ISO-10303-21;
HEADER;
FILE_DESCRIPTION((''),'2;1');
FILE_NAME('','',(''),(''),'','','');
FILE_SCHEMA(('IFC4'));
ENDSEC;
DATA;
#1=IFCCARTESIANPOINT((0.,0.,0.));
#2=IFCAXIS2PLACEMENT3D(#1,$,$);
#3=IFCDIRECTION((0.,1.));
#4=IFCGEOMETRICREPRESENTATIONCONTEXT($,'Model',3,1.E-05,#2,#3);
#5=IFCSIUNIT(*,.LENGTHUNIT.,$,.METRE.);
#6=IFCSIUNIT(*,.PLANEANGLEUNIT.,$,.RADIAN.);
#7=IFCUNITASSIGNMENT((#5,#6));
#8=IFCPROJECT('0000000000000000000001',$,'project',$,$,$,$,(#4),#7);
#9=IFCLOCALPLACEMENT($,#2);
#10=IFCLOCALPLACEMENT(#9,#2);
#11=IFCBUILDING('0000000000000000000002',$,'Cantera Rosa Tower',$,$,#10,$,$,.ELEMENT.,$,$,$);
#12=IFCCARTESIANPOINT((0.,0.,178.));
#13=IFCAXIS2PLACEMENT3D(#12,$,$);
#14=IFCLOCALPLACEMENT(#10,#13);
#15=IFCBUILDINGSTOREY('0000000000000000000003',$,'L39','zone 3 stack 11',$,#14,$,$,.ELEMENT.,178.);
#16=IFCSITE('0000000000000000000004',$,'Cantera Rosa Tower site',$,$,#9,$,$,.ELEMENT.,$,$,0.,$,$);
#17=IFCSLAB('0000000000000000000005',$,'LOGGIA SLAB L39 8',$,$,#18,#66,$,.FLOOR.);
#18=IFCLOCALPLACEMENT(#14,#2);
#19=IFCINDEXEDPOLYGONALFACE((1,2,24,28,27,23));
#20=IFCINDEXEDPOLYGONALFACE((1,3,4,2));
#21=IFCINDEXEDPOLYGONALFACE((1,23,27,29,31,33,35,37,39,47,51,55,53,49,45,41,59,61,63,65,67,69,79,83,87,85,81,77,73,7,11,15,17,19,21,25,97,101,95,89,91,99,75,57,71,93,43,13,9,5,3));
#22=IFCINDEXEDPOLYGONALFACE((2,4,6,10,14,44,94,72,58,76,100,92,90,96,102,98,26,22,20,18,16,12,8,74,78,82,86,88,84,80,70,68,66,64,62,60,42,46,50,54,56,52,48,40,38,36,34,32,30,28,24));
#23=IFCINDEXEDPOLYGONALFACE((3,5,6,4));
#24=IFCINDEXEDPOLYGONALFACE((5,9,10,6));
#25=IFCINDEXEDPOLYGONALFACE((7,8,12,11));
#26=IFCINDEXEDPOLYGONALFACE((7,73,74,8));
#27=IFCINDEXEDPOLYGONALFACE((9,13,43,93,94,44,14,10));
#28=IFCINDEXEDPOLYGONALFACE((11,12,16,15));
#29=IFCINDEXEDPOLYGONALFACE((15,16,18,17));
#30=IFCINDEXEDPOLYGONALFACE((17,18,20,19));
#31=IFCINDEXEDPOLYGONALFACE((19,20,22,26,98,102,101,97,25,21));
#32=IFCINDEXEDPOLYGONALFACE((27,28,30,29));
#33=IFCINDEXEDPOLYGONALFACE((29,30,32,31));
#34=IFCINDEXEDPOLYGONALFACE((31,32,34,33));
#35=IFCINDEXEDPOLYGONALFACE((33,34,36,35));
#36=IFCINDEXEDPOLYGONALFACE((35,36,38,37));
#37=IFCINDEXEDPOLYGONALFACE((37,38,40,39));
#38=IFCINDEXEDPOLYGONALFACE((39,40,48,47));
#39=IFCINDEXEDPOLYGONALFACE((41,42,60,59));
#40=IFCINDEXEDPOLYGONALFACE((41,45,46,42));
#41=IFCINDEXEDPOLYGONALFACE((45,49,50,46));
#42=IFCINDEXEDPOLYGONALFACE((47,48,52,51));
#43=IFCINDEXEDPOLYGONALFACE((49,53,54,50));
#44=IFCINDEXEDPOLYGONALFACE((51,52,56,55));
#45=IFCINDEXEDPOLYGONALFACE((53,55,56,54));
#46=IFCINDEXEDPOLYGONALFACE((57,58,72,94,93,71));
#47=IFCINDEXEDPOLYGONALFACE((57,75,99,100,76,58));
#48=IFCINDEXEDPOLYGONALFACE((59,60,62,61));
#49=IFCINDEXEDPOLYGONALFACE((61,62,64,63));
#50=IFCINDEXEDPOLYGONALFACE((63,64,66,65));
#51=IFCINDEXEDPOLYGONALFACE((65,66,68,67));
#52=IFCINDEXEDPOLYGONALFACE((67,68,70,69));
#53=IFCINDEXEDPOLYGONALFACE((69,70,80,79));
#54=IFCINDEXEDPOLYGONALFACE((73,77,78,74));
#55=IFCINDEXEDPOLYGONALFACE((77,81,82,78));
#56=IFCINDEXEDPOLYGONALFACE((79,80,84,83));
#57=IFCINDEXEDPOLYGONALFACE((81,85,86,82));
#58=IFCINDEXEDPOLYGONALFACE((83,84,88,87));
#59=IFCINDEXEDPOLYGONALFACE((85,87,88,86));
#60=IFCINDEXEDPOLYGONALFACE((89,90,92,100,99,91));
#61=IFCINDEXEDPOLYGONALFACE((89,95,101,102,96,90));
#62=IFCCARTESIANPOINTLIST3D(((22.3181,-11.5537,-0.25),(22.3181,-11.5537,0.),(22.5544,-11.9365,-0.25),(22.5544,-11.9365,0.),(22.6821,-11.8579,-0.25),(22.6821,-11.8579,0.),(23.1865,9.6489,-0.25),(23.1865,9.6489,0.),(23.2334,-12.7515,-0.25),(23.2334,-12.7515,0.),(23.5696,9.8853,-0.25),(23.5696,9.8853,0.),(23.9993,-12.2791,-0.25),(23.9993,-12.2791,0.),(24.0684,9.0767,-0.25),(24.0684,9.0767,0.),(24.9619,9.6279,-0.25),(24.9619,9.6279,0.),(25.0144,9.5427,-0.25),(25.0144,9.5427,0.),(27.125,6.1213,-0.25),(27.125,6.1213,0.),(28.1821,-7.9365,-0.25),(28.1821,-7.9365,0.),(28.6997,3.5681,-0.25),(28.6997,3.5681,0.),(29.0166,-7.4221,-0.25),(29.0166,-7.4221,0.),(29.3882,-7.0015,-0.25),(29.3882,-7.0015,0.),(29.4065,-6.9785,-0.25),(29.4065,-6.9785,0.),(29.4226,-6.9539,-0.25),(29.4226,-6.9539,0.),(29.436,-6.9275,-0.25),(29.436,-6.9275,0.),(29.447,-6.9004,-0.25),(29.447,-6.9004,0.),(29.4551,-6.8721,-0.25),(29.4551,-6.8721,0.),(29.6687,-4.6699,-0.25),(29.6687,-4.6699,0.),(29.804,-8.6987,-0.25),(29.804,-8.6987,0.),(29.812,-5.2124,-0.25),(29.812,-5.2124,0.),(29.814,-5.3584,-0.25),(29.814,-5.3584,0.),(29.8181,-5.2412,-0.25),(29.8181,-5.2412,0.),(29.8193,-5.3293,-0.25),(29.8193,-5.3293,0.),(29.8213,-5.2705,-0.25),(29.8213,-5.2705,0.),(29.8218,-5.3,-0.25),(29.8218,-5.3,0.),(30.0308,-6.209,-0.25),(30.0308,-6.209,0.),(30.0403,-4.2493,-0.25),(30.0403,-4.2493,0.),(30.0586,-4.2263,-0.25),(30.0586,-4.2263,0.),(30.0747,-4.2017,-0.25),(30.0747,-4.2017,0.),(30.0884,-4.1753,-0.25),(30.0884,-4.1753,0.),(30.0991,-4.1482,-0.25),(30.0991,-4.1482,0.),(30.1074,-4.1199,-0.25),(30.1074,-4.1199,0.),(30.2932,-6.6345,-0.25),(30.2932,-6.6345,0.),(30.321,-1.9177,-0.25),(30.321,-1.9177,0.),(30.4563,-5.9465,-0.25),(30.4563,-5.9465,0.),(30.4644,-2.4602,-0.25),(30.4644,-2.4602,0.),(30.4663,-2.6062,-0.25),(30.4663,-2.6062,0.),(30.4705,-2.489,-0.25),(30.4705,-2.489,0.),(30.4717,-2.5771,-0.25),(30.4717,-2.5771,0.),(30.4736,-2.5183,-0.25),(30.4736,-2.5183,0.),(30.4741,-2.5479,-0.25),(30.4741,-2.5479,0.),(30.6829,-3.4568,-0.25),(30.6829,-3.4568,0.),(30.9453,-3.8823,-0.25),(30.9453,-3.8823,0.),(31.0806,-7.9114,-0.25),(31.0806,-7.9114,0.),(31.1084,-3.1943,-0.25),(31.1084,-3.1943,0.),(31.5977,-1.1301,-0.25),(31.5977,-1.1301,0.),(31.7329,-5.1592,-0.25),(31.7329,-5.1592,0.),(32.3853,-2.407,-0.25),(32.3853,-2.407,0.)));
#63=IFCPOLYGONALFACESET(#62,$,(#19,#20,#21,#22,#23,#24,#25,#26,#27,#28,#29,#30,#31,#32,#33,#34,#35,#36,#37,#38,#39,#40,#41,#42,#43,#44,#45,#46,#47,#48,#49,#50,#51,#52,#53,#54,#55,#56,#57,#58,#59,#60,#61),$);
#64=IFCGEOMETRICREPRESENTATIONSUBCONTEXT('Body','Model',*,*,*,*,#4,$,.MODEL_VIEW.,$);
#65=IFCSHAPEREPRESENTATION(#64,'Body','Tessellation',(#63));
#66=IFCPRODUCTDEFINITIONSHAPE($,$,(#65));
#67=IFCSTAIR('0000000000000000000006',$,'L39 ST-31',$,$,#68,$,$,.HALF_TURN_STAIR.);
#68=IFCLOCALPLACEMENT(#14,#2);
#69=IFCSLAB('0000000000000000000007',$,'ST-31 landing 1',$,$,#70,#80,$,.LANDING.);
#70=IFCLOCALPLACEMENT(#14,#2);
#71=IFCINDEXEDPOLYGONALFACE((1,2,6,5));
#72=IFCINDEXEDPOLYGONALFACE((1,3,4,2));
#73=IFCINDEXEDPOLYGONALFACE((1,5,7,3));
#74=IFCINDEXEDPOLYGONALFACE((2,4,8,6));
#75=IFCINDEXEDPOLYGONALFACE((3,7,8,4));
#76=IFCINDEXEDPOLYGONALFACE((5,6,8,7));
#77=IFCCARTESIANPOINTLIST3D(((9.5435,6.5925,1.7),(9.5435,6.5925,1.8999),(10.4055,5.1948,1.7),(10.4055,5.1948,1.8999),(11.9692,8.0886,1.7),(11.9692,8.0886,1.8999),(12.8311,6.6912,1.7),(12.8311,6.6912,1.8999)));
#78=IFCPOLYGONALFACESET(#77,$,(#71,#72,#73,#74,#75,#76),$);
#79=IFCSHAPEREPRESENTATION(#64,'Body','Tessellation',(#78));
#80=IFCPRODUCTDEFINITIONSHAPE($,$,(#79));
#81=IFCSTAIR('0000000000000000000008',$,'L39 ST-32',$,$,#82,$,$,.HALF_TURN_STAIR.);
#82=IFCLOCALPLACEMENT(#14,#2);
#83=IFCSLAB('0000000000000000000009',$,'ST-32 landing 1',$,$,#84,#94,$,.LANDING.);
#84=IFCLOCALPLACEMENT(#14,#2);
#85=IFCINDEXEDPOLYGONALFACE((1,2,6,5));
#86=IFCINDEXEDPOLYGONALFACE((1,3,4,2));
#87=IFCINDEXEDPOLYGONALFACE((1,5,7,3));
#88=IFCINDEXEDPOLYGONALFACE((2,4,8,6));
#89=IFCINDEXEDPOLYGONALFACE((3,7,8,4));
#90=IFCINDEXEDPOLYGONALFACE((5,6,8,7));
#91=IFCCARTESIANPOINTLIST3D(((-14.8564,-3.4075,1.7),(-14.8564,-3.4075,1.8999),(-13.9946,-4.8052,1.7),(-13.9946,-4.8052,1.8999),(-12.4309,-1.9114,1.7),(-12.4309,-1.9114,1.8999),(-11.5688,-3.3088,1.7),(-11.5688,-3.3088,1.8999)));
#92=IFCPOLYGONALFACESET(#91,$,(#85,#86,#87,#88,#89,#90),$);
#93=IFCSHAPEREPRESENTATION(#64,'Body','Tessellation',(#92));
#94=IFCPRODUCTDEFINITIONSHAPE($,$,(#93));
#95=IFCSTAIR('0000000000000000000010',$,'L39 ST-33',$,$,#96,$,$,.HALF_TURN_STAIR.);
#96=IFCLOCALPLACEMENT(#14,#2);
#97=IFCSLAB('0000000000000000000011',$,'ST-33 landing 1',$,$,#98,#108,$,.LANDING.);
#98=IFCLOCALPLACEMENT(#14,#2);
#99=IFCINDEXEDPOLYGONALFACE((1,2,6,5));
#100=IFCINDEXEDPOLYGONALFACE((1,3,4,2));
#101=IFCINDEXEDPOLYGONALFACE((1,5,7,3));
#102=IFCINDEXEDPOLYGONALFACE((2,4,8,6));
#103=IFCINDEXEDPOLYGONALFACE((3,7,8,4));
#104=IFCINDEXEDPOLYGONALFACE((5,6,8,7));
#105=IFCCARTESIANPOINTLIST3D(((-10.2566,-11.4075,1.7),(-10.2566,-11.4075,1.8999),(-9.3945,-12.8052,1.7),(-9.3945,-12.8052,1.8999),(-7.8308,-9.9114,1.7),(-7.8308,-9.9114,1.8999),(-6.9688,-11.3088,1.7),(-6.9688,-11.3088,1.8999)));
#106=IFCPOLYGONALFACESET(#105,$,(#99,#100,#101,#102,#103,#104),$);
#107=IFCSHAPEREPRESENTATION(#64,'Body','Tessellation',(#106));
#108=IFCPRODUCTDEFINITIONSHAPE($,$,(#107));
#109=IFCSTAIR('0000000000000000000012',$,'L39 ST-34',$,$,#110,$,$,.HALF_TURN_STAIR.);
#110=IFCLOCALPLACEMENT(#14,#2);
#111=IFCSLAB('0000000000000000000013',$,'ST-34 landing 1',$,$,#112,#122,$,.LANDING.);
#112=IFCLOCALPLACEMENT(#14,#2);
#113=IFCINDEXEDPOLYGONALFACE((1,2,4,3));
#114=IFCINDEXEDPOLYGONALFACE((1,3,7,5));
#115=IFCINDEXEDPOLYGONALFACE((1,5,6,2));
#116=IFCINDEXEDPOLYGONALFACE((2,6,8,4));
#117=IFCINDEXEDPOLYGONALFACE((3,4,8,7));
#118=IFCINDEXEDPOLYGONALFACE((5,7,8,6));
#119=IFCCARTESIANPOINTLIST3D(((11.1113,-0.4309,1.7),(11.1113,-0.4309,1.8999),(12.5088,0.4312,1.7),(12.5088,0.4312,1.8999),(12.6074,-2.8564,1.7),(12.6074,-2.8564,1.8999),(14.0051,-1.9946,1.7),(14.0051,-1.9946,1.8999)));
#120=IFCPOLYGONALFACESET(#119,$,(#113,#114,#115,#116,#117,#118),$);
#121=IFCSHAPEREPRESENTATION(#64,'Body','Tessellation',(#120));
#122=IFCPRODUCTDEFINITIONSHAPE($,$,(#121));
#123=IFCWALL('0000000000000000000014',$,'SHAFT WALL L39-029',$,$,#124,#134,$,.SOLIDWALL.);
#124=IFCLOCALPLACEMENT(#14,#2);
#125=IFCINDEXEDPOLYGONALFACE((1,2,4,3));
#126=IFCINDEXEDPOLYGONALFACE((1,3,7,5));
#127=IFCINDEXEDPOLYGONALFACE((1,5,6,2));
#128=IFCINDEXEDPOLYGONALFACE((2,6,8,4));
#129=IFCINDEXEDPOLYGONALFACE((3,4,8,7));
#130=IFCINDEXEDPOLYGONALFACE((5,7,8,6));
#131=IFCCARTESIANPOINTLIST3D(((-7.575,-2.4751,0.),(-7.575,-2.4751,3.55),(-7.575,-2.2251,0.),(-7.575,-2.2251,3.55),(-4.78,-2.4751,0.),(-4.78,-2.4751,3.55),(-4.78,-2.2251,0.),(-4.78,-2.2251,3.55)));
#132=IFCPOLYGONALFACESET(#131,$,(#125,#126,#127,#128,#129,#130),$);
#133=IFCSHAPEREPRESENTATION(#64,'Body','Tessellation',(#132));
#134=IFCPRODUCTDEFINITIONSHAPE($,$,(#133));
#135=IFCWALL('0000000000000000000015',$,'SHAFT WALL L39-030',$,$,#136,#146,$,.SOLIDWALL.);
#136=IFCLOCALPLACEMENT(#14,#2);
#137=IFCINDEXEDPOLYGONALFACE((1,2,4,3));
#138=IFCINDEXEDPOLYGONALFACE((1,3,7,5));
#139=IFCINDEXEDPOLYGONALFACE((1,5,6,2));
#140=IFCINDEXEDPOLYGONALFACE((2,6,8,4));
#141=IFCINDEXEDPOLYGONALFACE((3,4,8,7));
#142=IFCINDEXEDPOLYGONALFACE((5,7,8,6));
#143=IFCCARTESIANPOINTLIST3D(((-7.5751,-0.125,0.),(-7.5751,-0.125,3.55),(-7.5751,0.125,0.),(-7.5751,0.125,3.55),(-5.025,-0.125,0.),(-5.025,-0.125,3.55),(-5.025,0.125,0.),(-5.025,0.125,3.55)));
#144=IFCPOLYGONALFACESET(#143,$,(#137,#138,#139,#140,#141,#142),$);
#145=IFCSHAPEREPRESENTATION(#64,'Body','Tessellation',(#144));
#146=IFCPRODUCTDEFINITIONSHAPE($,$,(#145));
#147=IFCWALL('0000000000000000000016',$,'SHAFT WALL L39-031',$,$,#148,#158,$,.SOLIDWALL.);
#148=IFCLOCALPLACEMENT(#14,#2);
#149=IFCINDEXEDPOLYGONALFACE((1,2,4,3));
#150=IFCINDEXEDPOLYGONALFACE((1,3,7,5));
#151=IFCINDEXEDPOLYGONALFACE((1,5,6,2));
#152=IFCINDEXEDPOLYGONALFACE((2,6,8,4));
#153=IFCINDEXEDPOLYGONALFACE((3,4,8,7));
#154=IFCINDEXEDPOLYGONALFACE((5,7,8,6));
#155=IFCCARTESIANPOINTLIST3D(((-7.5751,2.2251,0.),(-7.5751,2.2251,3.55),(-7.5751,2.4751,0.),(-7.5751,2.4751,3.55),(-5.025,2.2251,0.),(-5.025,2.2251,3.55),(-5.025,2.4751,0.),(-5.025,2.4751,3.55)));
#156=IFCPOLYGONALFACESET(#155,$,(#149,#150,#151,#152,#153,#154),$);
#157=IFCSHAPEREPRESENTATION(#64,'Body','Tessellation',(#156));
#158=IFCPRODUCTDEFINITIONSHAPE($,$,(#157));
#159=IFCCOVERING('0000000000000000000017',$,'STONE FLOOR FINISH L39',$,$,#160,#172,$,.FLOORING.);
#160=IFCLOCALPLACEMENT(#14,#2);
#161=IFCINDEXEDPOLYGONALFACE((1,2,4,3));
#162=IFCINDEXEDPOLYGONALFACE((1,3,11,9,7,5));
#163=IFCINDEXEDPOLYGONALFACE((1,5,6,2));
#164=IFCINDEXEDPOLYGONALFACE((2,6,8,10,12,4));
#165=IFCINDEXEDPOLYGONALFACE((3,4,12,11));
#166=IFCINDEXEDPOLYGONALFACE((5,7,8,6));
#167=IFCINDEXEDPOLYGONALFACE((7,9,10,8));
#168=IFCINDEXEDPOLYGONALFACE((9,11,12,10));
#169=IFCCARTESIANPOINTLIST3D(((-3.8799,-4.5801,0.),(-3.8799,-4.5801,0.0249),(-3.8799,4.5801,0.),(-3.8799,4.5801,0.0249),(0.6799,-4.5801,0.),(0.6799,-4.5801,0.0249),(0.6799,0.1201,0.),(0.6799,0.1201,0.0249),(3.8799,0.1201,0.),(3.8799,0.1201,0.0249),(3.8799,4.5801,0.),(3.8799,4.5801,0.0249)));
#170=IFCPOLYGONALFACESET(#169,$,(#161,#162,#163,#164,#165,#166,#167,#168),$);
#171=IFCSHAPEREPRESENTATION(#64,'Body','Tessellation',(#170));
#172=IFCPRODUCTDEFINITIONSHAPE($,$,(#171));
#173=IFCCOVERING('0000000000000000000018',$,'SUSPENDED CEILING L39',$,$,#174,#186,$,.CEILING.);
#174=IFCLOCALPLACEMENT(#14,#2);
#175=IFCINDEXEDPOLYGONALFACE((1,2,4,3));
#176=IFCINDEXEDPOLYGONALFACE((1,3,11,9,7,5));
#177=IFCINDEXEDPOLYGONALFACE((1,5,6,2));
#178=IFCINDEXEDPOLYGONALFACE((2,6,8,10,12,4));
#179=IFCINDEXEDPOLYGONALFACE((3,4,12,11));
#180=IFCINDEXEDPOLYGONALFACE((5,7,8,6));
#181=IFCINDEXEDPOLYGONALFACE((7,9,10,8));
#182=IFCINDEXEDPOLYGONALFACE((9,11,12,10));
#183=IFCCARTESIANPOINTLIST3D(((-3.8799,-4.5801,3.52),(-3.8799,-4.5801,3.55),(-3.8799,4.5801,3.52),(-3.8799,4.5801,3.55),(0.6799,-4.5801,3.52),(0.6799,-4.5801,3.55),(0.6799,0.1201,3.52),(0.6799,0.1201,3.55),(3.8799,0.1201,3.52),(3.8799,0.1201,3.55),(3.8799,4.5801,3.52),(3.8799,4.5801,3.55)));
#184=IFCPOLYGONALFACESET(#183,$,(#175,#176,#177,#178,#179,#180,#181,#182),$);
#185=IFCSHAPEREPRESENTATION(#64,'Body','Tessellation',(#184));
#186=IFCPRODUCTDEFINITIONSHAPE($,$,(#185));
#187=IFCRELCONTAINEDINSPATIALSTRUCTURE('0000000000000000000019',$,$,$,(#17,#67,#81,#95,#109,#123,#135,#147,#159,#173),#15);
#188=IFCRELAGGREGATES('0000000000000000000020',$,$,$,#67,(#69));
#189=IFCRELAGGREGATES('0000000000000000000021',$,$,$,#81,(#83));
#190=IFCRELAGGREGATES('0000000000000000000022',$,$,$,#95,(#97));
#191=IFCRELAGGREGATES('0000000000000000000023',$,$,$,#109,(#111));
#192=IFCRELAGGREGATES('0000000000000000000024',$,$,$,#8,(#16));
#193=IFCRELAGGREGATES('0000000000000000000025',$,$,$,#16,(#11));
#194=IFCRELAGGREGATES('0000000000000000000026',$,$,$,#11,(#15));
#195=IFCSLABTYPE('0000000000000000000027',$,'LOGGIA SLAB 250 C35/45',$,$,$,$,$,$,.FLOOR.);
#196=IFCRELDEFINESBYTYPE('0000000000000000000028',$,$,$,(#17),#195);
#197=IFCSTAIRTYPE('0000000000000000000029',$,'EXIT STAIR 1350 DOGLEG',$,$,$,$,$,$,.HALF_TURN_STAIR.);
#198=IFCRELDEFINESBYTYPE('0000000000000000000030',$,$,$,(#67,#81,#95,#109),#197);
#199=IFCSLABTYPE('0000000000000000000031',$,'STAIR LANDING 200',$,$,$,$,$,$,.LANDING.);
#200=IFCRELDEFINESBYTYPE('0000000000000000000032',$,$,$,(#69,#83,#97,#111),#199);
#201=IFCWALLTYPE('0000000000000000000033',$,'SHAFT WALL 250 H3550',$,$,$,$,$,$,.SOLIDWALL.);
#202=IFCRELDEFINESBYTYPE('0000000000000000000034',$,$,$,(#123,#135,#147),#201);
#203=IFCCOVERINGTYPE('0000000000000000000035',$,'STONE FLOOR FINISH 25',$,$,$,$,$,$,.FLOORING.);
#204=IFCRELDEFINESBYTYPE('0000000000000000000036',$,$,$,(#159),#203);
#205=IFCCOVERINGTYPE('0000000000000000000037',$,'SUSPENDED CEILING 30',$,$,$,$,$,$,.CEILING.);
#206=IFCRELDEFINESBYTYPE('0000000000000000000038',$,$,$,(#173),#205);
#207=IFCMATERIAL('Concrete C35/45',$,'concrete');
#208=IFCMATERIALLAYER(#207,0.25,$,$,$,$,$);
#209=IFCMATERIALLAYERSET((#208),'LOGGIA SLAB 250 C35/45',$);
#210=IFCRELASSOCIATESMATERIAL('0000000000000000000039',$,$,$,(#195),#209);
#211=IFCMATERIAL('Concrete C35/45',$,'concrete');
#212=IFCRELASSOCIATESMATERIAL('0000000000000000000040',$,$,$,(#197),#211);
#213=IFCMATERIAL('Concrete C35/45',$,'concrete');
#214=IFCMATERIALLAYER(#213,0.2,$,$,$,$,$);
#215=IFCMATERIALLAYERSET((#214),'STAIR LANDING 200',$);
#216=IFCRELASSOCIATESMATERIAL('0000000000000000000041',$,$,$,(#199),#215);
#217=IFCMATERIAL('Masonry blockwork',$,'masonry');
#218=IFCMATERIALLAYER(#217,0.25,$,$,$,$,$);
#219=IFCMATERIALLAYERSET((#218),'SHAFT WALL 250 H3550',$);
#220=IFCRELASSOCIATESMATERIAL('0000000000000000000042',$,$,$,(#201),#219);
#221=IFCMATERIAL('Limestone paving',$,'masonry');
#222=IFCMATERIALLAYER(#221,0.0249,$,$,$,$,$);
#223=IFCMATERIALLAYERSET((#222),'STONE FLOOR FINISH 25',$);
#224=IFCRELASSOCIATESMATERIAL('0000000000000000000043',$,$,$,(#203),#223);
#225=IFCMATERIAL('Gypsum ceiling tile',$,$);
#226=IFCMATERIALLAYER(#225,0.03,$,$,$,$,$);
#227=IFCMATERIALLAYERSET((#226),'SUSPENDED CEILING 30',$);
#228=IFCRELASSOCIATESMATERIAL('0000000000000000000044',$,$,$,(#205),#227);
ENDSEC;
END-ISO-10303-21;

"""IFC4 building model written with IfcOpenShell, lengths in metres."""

from ifc_helpers import new_model, si_unit, direction, frame, frame_2d, origin, place, context, subcontext, project, spatial, polyline, rectangle, outline, extrude, material, layer, layer_set, type_object, element, aggregate, save


model = new_model("IFC4")

# Units and contexts
model_context = context("Model", 3, precision=1e-05, world=origin(), true_north=direction((0.0, 1.0)))
body_context = subcontext(model_context, "Body", "Model", "MODEL_VIEW")
ifc_project = project(units=[si_unit("LENGTHUNIT", "METRE"), si_unit("PLANEANGLEUNIT", "RADIAN")], contexts=[model_context])

# Site, building, storey
site_placement = place(None, origin())
site = spatial("IfcSite", under=ifc_project, at=site_placement, Name="Cantera Rosa Tower site", CompositionType="ELEMENT", RefElevation=0.0)
building_placement = place(site_placement, origin())
building = spatial("IfcBuilding", under=site, at=building_placement, Name="Cantera Rosa Tower", CompositionType="ELEMENT")
storey_placement = place(building_placement, frame((0.0, 0.0, 178.0)))
storey = spatial("IfcBuildingStorey", under=building, at=storey_placement, Name="L39", Description="zone 3 stack 11", CompositionType="ELEMENT", Elevation=178.0)

# Slab
ifc_material_1 = material(Name="Concrete C35/45", Category="concrete")
ifc_layer_1 = layer(ifc_material_1, 0.25)
ifc_layer_set_1 = layer_set([ifc_layer_1], Name="LOGGIA SLAB 250 C35/45")
slab_type_1 = type_object("IfcSlabType", Name="LOGGIA SLAB 250 C35/45", PredefinedType="FLOOR", material=ifc_layer_set_1)
slab_1_placement = place(storey_placement, frame((0.0, 0.0, -0.25)))
element("IfcSlab", 1, at=slab_1_placement, inside=storey, type_object=slab_type_1, Name="LOGGIA SLAB L39 8", PredefinedType="FLOOR", context=body_context, shape_type="SweptSolid", body=[
    extrude(outline(polyline([(28.6997, 3.5681), (31.5977, -1.1301), (32.3853, -2.407), (31.1084, -3.1943), (30.6829, -3.4568), (30.9453, -3.8823), (31.7329, -5.1592), (30.4563, -5.9465), (30.0308, -6.209), (30.2932, -6.6345), (31.0806, -7.9114), (29.804, -8.6987), (23.9993, -12.2791), (23.2334, -12.7515), (22.6821, -11.8579), (22.5544, -11.9365), (22.3181, -11.5537), (28.1821, -7.9365), (29.0166, -7.4221), (29.3882, -7.0015), (29.4065, -6.9785), (29.4226, -6.9539), (29.436, -6.9275), (29.447, -6.9004), (29.4551, -6.8721), (29.814, -5.3584), (29.8193, -5.3293), (29.8218, -5.3), (29.8213, -5.2705), (29.8181, -5.2412), (29.812, -5.2124), (29.6687, -4.6699), (30.0403, -4.2493), (30.0586, -4.2263), (30.0747, -4.2017), (30.0884, -4.1753), (30.0991, -4.1482), (30.1074, -4.1199), (30.4663, -2.6062), (30.4717, -2.5771), (30.4741, -2.5479), (30.4736, -2.5183), (30.4705, -2.489), (30.4644, -2.4602), (30.321, -1.9177), (23.1865, 9.6489), (23.5696, 9.8853), (24.0684, 9.0767), (24.9619, 9.6279), (25.0144, 9.5427), (27.125, 6.1213), (28.6997, 3.5681)])), origin(), (0.0, 0.0, 1.0), 0.25),
])

# Stairs, slabs
ifc_material_2 = material(Name="Concrete C35/45", Category="concrete")
stair_type = type_object("IfcStairType", Name="EXIT STAIR 1350 DOGLEG", PredefinedType="HALF_TURN_STAIR", material=ifc_material_2)
stair_1_placement = place(storey_placement, origin())
stair_1 = element("IfcStair", 2, at=stair_1_placement, inside=storey, type_object=stair_type, Name="L39 ST-31", PredefinedType="HALF_TURN_STAIR")
ifc_material_3 = material(Name="Concrete C35/45", Category="concrete")
ifc_layer_2 = layer(ifc_material_3, 0.2)
ifc_layer_set_2 = layer_set([ifc_layer_2], Name="STAIR LANDING 200")
slab_type_2 = type_object("IfcSlabType", Name="STAIR LANDING 200", PredefinedType="LANDING", material=ifc_layer_set_2)
slab_2_placement = place(storey_placement, frame((0.0, 0.0, 1.7)))
slab_2 = element("IfcSlab", 3, at=slab_2_placement, type_object=slab_type_2, Name="ST-31 landing 1", PredefinedType="LANDING", context=body_context, shape_type="SweptSolid", body=[
    extrude(outline(polyline([(12.8311, 6.6912), (11.9692, 8.0886), (9.5435, 6.5925), (10.4055, 5.1948), (12.8311, 6.6912)])), origin(), (0.0, 0.0, 1.0), 0.2),
])
aggregate(stair_1, [slab_2])
stair_2_placement = place(storey_placement, origin())
stair_2 = element("IfcStair", 4, at=stair_2_placement, inside=storey, type_object=stair_type, Name="L39 ST-32", PredefinedType="HALF_TURN_STAIR")
slab_3_placement = place(storey_placement, frame((0.0, 0.0, 1.7)))
slab_3 = element("IfcSlab", 5, at=slab_3_placement, type_object=slab_type_2, Name="ST-32 landing 1", PredefinedType="LANDING", context=body_context, shape_type="SweptSolid", body=[
    extrude(outline(polyline([(-11.5688, -3.3088), (-12.4309, -1.9114), (-14.8564, -3.4075), (-13.9946, -4.8052), (-11.5688, -3.3088)])), origin(), (0.0, 0.0, 1.0), 0.2),
])
aggregate(stair_2, [slab_3])
stair_3_placement = place(storey_placement, origin())
stair_3 = element("IfcStair", 6, at=stair_3_placement, inside=storey, type_object=stair_type, Name="L39 ST-33", PredefinedType="HALF_TURN_STAIR")
slab_4_placement = place(storey_placement, frame((0.0, 0.0, 1.7)))
slab_4 = element("IfcSlab", 7, at=slab_4_placement, type_object=slab_type_2, Name="ST-33 landing 1", PredefinedType="LANDING", context=body_context, shape_type="SweptSolid", body=[
    extrude(outline(polyline([(-6.9688, -11.3088), (-7.8308, -9.9114), (-10.2566, -11.4075), (-9.3945, -12.8052), (-6.9688, -11.3088)])), origin(), (0.0, 0.0, 1.0), 0.2),
])
aggregate(stair_3, [slab_4])
stair_4_placement = place(storey_placement, origin())
stair_4 = element("IfcStair", 8, at=stair_4_placement, inside=storey, type_object=stair_type, Name="L39 ST-34", PredefinedType="HALF_TURN_STAIR")
slab_5_placement = place(storey_placement, frame((0.0, 0.0, 1.7)))
slab_5 = element("IfcSlab", 9, at=slab_5_placement, type_object=slab_type_2, Name="ST-34 landing 1", PredefinedType="LANDING", context=body_context, shape_type="SweptSolid", body=[
    extrude(outline(polyline([(12.5088, 0.4312), (11.1113, -0.4309), (12.6074, -2.8564), (14.0051, -1.9946), (12.5088, 0.4312)])), origin(), (0.0, 0.0, 1.0), 0.2),
])
aggregate(stair_4, [slab_5])

# Walls
ifc_material_4 = material(Name="Masonry blockwork", Category="masonry")
ifc_layer_3 = layer(ifc_material_4, 0.25)
ifc_layer_set_3 = layer_set([ifc_layer_3], Name="SHAFT WALL 250 H3550")
wall_type = type_object("IfcWallType", Name="SHAFT WALL 250 H3550", PredefinedType="SOLIDWALL", material=ifc_layer_set_3)
wall_placement = place(storey_placement, frame((-7.575, -2.3501, 0.0), z_axis=(0.0, 0.0, 1.0), x_axis=(1.0, 0.0, 0.0)))
element("IfcWall", 10, at=wall_placement, inside=storey, type_object=wall_type, Name="SHAFT WALL L39-029", PredefinedType="SOLIDWALL", context=body_context, shape_type="SweptSolid", body=[
    extrude(rectangle(XDim=2.7949, YDim=0.25, at=frame_2d((1.3975, 0.0))), origin(), (0.0, 0.0, 1.0), 3.55),
])
for number, where, z_axis, x_axis, name in (
    (11, (-7.575, 0.0, 0.0), (0.0, 0.0, 1.0), (1.0, 0.0, 0.0), "SHAFT WALL L39-030"),
    (12, (-7.575, 2.3501, 0.0), (0.0, 0.0, 1.0), (1.0, 0.0, 0.0), "SHAFT WALL L39-031"),
):
    element("IfcWall", number, at=place(storey_placement, frame(where, z_axis=z_axis, x_axis=x_axis)), inside=storey, type_object=wall_type, Name=name, PredefinedType="SOLIDWALL", context=body_context, shape_type="SweptSolid", body=[
        extrude(rectangle(XDim=2.55, YDim=0.25, at=frame_2d((1.2749, 0.0))), origin(), (0.0, 0.0, 1.0), 3.55),
    ])

# Coverings
ifc_material_5 = material(Name="Limestone paving", Category="masonry")
ifc_layer_4 = layer(ifc_material_5, 0.0249)
ifc_layer_set_4 = layer_set([ifc_layer_4], Name="STONE FLOOR FINISH 25")
covering_type_1 = type_object("IfcCoveringType", Name="STONE FLOOR FINISH 25", PredefinedType="FLOORING", material=ifc_layer_set_4)
covering_1_placement = place(storey_placement, origin())
element("IfcCovering", 13, at=covering_1_placement, inside=storey, type_object=covering_type_1, Name="STONE FLOOR FINISH L39", PredefinedType="FLOORING", context=body_context, shape_type="SweptSolid", body=[
    extrude(outline(polyline([(3.8799, 4.5801), (3.8799, 0.1201), (0.6799, 0.1201), (0.6799, -4.5801), (-3.8799, -4.5801), (-3.8799, 4.5801), (3.8799, 4.5801)])), origin(), (0.0, 0.0, 1.0), 0.0249),
])
ifc_material_6 = material(Name="Gypsum ceiling tile")
ifc_layer_5 = layer(ifc_material_6, 0.03)
ifc_layer_set_5 = layer_set([ifc_layer_5], Name="SUSPENDED CEILING 30")
covering_type_2 = type_object("IfcCoveringType", Name="SUSPENDED CEILING 30", PredefinedType="CEILING", material=ifc_layer_set_5)
covering_2_placement = place(storey_placement, frame((0.0, 0.0, 3.52)))
element("IfcCovering", 14, at=covering_2_placement, inside=storey, type_object=covering_type_2, Name="SUSPENDED CEILING L39", PredefinedType="CEILING", context=body_context, shape_type="SweptSolid", body=[
    extrude(outline(polyline([(3.8799, 4.5801), (3.8799, 0.1201), (0.6799, 0.1201), (0.6799, -4.5801), (-3.8799, -4.5801), (-3.8799, 4.5801), (3.8799, 4.5801)])), origin(), (0.0, 0.0, 1.0), 0.03),
])

save(model, "model.ifc")
